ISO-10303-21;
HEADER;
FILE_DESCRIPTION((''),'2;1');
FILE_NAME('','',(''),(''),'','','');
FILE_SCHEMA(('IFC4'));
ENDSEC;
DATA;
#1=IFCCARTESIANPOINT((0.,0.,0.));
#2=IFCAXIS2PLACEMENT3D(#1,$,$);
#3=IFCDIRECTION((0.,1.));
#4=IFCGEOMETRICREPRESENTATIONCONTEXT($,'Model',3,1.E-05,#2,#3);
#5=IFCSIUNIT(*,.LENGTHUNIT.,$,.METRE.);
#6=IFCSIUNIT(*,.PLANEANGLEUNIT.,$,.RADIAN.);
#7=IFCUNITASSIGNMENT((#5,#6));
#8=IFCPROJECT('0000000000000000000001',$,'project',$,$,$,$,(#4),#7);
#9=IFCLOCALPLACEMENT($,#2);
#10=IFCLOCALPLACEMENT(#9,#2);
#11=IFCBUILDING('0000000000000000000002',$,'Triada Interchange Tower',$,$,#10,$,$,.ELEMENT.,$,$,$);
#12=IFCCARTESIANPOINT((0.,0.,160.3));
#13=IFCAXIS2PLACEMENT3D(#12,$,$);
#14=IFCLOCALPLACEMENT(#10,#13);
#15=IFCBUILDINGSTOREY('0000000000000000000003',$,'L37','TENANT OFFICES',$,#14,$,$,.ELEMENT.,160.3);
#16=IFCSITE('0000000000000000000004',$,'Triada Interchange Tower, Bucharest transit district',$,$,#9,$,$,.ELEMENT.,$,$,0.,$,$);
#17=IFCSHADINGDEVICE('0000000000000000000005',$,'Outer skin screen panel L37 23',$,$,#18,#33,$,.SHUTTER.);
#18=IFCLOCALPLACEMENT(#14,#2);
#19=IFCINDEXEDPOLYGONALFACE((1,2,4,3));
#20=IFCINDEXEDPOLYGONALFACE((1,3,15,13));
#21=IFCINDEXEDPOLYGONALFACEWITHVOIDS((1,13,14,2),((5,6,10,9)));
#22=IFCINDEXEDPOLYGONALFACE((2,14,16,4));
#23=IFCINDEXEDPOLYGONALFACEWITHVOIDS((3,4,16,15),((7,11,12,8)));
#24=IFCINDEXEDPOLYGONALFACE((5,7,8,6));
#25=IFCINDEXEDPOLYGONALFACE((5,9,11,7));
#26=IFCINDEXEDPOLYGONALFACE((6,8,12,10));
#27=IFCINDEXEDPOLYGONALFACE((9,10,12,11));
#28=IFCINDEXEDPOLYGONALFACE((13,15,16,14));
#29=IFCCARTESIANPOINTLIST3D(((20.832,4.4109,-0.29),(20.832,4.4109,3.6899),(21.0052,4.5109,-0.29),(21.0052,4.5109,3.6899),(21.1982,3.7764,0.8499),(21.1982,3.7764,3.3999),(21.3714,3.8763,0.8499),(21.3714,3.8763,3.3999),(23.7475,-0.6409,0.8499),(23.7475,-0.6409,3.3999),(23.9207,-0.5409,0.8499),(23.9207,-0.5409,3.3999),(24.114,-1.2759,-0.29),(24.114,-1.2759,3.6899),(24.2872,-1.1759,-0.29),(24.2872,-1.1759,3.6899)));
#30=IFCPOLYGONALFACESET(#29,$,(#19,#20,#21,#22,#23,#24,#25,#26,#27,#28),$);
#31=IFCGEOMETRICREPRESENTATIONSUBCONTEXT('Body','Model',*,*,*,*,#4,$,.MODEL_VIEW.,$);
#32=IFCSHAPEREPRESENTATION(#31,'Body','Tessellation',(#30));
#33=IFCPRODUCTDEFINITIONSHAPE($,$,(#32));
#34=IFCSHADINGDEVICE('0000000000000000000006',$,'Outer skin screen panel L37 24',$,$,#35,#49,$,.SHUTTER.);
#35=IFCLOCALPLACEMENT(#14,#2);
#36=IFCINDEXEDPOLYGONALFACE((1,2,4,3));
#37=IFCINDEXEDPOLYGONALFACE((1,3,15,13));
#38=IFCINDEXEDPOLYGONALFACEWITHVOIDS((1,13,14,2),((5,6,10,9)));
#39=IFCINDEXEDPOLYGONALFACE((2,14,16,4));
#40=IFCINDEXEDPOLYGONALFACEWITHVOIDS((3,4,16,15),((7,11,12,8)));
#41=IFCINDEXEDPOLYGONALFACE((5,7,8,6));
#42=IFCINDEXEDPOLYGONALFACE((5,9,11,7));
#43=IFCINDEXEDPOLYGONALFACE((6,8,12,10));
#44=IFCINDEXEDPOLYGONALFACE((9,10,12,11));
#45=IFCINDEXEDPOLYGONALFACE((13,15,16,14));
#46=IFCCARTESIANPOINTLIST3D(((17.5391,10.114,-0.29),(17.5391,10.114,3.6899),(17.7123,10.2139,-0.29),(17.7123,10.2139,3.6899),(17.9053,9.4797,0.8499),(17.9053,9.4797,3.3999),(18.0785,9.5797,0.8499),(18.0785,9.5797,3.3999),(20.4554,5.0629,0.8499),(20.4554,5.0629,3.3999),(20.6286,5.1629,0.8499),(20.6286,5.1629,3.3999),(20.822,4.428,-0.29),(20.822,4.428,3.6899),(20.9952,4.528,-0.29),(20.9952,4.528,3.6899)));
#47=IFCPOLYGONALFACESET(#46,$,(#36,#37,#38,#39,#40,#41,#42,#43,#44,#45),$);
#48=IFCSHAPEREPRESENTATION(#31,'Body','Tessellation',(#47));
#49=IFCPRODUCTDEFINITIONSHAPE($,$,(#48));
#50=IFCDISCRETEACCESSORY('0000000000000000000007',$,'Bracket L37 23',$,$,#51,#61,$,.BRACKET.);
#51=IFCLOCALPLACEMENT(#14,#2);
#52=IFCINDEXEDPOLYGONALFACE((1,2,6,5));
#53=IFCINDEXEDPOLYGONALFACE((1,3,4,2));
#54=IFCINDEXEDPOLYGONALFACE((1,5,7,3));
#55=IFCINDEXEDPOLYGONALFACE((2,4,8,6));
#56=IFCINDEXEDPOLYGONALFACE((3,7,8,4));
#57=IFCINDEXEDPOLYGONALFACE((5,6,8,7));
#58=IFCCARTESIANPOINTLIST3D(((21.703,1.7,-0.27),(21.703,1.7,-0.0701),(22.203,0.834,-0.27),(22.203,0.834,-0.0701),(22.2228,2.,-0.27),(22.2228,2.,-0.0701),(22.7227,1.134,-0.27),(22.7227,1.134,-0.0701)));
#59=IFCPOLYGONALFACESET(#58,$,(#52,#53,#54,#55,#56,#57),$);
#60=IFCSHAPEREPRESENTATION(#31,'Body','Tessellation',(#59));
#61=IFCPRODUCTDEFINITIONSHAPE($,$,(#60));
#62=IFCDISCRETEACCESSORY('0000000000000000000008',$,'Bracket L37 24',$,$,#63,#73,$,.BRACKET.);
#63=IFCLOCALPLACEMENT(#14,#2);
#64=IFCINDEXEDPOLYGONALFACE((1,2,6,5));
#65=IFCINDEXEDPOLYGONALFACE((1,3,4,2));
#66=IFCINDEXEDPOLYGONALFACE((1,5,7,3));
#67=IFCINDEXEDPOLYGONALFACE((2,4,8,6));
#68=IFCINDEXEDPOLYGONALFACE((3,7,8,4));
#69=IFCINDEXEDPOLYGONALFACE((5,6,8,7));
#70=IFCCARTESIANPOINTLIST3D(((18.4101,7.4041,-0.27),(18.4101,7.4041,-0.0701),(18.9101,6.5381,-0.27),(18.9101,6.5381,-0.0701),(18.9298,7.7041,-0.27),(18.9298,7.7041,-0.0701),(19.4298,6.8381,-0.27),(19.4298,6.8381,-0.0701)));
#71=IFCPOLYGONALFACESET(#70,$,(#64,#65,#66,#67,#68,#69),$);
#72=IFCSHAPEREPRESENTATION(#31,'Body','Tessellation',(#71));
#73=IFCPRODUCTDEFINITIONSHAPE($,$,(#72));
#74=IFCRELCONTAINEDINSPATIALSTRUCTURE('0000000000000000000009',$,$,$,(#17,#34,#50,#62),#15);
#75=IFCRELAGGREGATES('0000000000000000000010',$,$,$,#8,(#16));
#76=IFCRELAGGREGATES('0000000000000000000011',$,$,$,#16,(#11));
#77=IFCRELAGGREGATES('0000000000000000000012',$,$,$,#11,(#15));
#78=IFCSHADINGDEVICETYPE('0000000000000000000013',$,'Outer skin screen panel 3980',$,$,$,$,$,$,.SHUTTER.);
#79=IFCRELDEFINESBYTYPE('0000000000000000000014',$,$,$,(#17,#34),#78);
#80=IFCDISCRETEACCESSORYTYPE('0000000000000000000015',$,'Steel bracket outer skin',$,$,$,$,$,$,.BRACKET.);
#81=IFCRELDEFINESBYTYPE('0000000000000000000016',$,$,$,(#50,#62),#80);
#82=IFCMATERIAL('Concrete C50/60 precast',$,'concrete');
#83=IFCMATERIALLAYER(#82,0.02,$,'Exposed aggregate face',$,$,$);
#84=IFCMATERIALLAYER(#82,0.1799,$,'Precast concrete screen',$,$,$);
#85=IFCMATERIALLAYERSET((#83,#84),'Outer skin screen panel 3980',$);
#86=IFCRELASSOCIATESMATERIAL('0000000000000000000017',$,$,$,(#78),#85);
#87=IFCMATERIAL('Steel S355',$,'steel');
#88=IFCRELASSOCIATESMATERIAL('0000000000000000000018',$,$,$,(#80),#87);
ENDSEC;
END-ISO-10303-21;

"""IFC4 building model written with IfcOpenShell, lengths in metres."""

from ifc_helpers import new_model, si_unit, direction, frame, origin, origin_2d, place, context, subcontext, project, spatial, polyline, rectangle, outline, extrude, material, layer, layer_set, type_object, element, save


model = new_model("IFC4")

# Units and contexts
model_context = context("Model", 3, precision=1e-05, world=origin(), true_north=direction((0.0, 1.0)))
body_context = subcontext(model_context, "Body", "Model", "MODEL_VIEW")
ifc_project = project(units=[si_unit("LENGTHUNIT", "METRE"), si_unit("PLANEANGLEUNIT", "RADIAN")], contexts=[model_context])

# Site, building, storey
site_placement = place(None, origin())
site = spatial("IfcSite", under=ifc_project, at=site_placement, Name="Triada Interchange Tower, Bucharest transit district", CompositionType="ELEMENT", RefElevation=0.0)
building_placement = place(site_placement, origin())
building = spatial("IfcBuilding", under=site, at=building_placement, Name="Triada Interchange Tower", CompositionType="ELEMENT")
storey_placement = place(building_placement, frame((0.0, 0.0, 160.3)))
storey = spatial("IfcBuildingStorey", under=building, at=storey_placement, Name="L37", Description="TENANT OFFICES", CompositionType="ELEMENT", Elevation=160.3)

# Shading devices
ifc_material_1 = material(Name="Concrete C50/60 precast", Category="concrete")
ifc_layer_1 = layer(ifc_material_1, 0.02, Name="Exposed aggregate face")
ifc_layer_2 = layer(ifc_material_1, 0.1799, Name="Precast concrete screen")
ifc_layer_set_1 = layer_set([ifc_layer_1, ifc_layer_2], Name="Outer skin screen panel 3980")
shading_device_type = type_object("IfcShadingDeviceType", Name="Outer skin screen panel 3980", PredefinedType="SHUTTER", material=ifc_layer_set_1)
shading_device_1_placement = place(storey_placement, frame((24.114, -1.2759, -0.29), z_axis=(0.0, 0.0, 1.0), x_axis=(-0.499854, 0.866109, 0.0)))
element("IfcShadingDevice", 1, at=shading_device_1_placement, inside=storey, type_object=shading_device_type, Name="Outer skin screen panel L37 23", PredefinedType="SHUTTER", context=body_context, shape_type="SweptSolid", body=[
    extrude(outline(polyline([(0.0, 0.0), (6.5659, 0.0), (6.5659, 3.98), (0.0, 3.98), (0.0, 0.0)]), holes=[polyline([(0.7332, 1.1399), (0.7332, 3.6899), (5.8333, 3.6899), (5.8333, 1.1399), (0.7332, 1.1399)])]), frame((0.0, 0.0, 0.0), z_axis=(0.0, -1.0, 0.0), x_axis=(1.0, 0.0, 0.0)), (0.0, 0.0, 1.0), 0.2),
])
shading_device_2_placement = place(storey_placement, frame((20.822, 4.428, -0.29), z_axis=(0.0, 0.0, 1.0), x_axis=(-0.500014, 0.866017, 0.0)))
element("IfcShadingDevice", 2, at=shading_device_2_placement, inside=storey, type_object=shading_device_type, Name="Outer skin screen panel L37 24", PredefinedType="SHUTTER", context=body_context, shape_type="SweptSolid", body=[
    extrude(outline(polyline([(0.0, 0.0), (6.5657, 0.0), (6.5657, 3.98), (0.0, 3.98), (0.0, 0.0)]), holes=[polyline([(0.7332, 1.1399), (0.7332, 3.6899), (5.8333, 3.6899), (5.8333, 1.1399), (0.7332, 1.1399)])]), frame((0.0, 0.0, 0.0), z_axis=(0.0, -1.0, 0.0), x_axis=(1.0, 0.0, 0.0)), (0.0, 0.0, 1.0), 0.2),
])

# Discrete accessories
ifc_material_2 = material(Name="Steel S355", Category="steel")
discrete_accessory_type = type_object("IfcDiscreteAccessoryType", Name="Steel bracket outer skin", PredefinedType="BRACKET", material=ifc_material_2)
for number, where, z_axis, x_axis, name in (
    (3, (22.2129, 1.417, -0.27), (0.0, 0.0, 1.0), (0.866036, 0.499982, 0.0), "Bracket L37 23"),
    (4, (18.9199, 7.1211, -0.27), (0.0, 0.0, 1.0), (0.866036, 0.499982, 0.0), "Bracket L37 24"),
):
    element("IfcDiscreteAccessory", number, at=place(storey_placement, frame(where, z_axis=z_axis, x_axis=x_axis)), inside=storey, type_object=discrete_accessory_type, Name=name, PredefinedType="BRACKET", context=body_context, shape_type="SweptSolid", body=[
        extrude(rectangle(XDim=0.6001, YDim=1.0, at=origin_2d()), origin(), (0.0, 0.0, 1.0), 0.2),
    ])

save(model, "model.ifc")
